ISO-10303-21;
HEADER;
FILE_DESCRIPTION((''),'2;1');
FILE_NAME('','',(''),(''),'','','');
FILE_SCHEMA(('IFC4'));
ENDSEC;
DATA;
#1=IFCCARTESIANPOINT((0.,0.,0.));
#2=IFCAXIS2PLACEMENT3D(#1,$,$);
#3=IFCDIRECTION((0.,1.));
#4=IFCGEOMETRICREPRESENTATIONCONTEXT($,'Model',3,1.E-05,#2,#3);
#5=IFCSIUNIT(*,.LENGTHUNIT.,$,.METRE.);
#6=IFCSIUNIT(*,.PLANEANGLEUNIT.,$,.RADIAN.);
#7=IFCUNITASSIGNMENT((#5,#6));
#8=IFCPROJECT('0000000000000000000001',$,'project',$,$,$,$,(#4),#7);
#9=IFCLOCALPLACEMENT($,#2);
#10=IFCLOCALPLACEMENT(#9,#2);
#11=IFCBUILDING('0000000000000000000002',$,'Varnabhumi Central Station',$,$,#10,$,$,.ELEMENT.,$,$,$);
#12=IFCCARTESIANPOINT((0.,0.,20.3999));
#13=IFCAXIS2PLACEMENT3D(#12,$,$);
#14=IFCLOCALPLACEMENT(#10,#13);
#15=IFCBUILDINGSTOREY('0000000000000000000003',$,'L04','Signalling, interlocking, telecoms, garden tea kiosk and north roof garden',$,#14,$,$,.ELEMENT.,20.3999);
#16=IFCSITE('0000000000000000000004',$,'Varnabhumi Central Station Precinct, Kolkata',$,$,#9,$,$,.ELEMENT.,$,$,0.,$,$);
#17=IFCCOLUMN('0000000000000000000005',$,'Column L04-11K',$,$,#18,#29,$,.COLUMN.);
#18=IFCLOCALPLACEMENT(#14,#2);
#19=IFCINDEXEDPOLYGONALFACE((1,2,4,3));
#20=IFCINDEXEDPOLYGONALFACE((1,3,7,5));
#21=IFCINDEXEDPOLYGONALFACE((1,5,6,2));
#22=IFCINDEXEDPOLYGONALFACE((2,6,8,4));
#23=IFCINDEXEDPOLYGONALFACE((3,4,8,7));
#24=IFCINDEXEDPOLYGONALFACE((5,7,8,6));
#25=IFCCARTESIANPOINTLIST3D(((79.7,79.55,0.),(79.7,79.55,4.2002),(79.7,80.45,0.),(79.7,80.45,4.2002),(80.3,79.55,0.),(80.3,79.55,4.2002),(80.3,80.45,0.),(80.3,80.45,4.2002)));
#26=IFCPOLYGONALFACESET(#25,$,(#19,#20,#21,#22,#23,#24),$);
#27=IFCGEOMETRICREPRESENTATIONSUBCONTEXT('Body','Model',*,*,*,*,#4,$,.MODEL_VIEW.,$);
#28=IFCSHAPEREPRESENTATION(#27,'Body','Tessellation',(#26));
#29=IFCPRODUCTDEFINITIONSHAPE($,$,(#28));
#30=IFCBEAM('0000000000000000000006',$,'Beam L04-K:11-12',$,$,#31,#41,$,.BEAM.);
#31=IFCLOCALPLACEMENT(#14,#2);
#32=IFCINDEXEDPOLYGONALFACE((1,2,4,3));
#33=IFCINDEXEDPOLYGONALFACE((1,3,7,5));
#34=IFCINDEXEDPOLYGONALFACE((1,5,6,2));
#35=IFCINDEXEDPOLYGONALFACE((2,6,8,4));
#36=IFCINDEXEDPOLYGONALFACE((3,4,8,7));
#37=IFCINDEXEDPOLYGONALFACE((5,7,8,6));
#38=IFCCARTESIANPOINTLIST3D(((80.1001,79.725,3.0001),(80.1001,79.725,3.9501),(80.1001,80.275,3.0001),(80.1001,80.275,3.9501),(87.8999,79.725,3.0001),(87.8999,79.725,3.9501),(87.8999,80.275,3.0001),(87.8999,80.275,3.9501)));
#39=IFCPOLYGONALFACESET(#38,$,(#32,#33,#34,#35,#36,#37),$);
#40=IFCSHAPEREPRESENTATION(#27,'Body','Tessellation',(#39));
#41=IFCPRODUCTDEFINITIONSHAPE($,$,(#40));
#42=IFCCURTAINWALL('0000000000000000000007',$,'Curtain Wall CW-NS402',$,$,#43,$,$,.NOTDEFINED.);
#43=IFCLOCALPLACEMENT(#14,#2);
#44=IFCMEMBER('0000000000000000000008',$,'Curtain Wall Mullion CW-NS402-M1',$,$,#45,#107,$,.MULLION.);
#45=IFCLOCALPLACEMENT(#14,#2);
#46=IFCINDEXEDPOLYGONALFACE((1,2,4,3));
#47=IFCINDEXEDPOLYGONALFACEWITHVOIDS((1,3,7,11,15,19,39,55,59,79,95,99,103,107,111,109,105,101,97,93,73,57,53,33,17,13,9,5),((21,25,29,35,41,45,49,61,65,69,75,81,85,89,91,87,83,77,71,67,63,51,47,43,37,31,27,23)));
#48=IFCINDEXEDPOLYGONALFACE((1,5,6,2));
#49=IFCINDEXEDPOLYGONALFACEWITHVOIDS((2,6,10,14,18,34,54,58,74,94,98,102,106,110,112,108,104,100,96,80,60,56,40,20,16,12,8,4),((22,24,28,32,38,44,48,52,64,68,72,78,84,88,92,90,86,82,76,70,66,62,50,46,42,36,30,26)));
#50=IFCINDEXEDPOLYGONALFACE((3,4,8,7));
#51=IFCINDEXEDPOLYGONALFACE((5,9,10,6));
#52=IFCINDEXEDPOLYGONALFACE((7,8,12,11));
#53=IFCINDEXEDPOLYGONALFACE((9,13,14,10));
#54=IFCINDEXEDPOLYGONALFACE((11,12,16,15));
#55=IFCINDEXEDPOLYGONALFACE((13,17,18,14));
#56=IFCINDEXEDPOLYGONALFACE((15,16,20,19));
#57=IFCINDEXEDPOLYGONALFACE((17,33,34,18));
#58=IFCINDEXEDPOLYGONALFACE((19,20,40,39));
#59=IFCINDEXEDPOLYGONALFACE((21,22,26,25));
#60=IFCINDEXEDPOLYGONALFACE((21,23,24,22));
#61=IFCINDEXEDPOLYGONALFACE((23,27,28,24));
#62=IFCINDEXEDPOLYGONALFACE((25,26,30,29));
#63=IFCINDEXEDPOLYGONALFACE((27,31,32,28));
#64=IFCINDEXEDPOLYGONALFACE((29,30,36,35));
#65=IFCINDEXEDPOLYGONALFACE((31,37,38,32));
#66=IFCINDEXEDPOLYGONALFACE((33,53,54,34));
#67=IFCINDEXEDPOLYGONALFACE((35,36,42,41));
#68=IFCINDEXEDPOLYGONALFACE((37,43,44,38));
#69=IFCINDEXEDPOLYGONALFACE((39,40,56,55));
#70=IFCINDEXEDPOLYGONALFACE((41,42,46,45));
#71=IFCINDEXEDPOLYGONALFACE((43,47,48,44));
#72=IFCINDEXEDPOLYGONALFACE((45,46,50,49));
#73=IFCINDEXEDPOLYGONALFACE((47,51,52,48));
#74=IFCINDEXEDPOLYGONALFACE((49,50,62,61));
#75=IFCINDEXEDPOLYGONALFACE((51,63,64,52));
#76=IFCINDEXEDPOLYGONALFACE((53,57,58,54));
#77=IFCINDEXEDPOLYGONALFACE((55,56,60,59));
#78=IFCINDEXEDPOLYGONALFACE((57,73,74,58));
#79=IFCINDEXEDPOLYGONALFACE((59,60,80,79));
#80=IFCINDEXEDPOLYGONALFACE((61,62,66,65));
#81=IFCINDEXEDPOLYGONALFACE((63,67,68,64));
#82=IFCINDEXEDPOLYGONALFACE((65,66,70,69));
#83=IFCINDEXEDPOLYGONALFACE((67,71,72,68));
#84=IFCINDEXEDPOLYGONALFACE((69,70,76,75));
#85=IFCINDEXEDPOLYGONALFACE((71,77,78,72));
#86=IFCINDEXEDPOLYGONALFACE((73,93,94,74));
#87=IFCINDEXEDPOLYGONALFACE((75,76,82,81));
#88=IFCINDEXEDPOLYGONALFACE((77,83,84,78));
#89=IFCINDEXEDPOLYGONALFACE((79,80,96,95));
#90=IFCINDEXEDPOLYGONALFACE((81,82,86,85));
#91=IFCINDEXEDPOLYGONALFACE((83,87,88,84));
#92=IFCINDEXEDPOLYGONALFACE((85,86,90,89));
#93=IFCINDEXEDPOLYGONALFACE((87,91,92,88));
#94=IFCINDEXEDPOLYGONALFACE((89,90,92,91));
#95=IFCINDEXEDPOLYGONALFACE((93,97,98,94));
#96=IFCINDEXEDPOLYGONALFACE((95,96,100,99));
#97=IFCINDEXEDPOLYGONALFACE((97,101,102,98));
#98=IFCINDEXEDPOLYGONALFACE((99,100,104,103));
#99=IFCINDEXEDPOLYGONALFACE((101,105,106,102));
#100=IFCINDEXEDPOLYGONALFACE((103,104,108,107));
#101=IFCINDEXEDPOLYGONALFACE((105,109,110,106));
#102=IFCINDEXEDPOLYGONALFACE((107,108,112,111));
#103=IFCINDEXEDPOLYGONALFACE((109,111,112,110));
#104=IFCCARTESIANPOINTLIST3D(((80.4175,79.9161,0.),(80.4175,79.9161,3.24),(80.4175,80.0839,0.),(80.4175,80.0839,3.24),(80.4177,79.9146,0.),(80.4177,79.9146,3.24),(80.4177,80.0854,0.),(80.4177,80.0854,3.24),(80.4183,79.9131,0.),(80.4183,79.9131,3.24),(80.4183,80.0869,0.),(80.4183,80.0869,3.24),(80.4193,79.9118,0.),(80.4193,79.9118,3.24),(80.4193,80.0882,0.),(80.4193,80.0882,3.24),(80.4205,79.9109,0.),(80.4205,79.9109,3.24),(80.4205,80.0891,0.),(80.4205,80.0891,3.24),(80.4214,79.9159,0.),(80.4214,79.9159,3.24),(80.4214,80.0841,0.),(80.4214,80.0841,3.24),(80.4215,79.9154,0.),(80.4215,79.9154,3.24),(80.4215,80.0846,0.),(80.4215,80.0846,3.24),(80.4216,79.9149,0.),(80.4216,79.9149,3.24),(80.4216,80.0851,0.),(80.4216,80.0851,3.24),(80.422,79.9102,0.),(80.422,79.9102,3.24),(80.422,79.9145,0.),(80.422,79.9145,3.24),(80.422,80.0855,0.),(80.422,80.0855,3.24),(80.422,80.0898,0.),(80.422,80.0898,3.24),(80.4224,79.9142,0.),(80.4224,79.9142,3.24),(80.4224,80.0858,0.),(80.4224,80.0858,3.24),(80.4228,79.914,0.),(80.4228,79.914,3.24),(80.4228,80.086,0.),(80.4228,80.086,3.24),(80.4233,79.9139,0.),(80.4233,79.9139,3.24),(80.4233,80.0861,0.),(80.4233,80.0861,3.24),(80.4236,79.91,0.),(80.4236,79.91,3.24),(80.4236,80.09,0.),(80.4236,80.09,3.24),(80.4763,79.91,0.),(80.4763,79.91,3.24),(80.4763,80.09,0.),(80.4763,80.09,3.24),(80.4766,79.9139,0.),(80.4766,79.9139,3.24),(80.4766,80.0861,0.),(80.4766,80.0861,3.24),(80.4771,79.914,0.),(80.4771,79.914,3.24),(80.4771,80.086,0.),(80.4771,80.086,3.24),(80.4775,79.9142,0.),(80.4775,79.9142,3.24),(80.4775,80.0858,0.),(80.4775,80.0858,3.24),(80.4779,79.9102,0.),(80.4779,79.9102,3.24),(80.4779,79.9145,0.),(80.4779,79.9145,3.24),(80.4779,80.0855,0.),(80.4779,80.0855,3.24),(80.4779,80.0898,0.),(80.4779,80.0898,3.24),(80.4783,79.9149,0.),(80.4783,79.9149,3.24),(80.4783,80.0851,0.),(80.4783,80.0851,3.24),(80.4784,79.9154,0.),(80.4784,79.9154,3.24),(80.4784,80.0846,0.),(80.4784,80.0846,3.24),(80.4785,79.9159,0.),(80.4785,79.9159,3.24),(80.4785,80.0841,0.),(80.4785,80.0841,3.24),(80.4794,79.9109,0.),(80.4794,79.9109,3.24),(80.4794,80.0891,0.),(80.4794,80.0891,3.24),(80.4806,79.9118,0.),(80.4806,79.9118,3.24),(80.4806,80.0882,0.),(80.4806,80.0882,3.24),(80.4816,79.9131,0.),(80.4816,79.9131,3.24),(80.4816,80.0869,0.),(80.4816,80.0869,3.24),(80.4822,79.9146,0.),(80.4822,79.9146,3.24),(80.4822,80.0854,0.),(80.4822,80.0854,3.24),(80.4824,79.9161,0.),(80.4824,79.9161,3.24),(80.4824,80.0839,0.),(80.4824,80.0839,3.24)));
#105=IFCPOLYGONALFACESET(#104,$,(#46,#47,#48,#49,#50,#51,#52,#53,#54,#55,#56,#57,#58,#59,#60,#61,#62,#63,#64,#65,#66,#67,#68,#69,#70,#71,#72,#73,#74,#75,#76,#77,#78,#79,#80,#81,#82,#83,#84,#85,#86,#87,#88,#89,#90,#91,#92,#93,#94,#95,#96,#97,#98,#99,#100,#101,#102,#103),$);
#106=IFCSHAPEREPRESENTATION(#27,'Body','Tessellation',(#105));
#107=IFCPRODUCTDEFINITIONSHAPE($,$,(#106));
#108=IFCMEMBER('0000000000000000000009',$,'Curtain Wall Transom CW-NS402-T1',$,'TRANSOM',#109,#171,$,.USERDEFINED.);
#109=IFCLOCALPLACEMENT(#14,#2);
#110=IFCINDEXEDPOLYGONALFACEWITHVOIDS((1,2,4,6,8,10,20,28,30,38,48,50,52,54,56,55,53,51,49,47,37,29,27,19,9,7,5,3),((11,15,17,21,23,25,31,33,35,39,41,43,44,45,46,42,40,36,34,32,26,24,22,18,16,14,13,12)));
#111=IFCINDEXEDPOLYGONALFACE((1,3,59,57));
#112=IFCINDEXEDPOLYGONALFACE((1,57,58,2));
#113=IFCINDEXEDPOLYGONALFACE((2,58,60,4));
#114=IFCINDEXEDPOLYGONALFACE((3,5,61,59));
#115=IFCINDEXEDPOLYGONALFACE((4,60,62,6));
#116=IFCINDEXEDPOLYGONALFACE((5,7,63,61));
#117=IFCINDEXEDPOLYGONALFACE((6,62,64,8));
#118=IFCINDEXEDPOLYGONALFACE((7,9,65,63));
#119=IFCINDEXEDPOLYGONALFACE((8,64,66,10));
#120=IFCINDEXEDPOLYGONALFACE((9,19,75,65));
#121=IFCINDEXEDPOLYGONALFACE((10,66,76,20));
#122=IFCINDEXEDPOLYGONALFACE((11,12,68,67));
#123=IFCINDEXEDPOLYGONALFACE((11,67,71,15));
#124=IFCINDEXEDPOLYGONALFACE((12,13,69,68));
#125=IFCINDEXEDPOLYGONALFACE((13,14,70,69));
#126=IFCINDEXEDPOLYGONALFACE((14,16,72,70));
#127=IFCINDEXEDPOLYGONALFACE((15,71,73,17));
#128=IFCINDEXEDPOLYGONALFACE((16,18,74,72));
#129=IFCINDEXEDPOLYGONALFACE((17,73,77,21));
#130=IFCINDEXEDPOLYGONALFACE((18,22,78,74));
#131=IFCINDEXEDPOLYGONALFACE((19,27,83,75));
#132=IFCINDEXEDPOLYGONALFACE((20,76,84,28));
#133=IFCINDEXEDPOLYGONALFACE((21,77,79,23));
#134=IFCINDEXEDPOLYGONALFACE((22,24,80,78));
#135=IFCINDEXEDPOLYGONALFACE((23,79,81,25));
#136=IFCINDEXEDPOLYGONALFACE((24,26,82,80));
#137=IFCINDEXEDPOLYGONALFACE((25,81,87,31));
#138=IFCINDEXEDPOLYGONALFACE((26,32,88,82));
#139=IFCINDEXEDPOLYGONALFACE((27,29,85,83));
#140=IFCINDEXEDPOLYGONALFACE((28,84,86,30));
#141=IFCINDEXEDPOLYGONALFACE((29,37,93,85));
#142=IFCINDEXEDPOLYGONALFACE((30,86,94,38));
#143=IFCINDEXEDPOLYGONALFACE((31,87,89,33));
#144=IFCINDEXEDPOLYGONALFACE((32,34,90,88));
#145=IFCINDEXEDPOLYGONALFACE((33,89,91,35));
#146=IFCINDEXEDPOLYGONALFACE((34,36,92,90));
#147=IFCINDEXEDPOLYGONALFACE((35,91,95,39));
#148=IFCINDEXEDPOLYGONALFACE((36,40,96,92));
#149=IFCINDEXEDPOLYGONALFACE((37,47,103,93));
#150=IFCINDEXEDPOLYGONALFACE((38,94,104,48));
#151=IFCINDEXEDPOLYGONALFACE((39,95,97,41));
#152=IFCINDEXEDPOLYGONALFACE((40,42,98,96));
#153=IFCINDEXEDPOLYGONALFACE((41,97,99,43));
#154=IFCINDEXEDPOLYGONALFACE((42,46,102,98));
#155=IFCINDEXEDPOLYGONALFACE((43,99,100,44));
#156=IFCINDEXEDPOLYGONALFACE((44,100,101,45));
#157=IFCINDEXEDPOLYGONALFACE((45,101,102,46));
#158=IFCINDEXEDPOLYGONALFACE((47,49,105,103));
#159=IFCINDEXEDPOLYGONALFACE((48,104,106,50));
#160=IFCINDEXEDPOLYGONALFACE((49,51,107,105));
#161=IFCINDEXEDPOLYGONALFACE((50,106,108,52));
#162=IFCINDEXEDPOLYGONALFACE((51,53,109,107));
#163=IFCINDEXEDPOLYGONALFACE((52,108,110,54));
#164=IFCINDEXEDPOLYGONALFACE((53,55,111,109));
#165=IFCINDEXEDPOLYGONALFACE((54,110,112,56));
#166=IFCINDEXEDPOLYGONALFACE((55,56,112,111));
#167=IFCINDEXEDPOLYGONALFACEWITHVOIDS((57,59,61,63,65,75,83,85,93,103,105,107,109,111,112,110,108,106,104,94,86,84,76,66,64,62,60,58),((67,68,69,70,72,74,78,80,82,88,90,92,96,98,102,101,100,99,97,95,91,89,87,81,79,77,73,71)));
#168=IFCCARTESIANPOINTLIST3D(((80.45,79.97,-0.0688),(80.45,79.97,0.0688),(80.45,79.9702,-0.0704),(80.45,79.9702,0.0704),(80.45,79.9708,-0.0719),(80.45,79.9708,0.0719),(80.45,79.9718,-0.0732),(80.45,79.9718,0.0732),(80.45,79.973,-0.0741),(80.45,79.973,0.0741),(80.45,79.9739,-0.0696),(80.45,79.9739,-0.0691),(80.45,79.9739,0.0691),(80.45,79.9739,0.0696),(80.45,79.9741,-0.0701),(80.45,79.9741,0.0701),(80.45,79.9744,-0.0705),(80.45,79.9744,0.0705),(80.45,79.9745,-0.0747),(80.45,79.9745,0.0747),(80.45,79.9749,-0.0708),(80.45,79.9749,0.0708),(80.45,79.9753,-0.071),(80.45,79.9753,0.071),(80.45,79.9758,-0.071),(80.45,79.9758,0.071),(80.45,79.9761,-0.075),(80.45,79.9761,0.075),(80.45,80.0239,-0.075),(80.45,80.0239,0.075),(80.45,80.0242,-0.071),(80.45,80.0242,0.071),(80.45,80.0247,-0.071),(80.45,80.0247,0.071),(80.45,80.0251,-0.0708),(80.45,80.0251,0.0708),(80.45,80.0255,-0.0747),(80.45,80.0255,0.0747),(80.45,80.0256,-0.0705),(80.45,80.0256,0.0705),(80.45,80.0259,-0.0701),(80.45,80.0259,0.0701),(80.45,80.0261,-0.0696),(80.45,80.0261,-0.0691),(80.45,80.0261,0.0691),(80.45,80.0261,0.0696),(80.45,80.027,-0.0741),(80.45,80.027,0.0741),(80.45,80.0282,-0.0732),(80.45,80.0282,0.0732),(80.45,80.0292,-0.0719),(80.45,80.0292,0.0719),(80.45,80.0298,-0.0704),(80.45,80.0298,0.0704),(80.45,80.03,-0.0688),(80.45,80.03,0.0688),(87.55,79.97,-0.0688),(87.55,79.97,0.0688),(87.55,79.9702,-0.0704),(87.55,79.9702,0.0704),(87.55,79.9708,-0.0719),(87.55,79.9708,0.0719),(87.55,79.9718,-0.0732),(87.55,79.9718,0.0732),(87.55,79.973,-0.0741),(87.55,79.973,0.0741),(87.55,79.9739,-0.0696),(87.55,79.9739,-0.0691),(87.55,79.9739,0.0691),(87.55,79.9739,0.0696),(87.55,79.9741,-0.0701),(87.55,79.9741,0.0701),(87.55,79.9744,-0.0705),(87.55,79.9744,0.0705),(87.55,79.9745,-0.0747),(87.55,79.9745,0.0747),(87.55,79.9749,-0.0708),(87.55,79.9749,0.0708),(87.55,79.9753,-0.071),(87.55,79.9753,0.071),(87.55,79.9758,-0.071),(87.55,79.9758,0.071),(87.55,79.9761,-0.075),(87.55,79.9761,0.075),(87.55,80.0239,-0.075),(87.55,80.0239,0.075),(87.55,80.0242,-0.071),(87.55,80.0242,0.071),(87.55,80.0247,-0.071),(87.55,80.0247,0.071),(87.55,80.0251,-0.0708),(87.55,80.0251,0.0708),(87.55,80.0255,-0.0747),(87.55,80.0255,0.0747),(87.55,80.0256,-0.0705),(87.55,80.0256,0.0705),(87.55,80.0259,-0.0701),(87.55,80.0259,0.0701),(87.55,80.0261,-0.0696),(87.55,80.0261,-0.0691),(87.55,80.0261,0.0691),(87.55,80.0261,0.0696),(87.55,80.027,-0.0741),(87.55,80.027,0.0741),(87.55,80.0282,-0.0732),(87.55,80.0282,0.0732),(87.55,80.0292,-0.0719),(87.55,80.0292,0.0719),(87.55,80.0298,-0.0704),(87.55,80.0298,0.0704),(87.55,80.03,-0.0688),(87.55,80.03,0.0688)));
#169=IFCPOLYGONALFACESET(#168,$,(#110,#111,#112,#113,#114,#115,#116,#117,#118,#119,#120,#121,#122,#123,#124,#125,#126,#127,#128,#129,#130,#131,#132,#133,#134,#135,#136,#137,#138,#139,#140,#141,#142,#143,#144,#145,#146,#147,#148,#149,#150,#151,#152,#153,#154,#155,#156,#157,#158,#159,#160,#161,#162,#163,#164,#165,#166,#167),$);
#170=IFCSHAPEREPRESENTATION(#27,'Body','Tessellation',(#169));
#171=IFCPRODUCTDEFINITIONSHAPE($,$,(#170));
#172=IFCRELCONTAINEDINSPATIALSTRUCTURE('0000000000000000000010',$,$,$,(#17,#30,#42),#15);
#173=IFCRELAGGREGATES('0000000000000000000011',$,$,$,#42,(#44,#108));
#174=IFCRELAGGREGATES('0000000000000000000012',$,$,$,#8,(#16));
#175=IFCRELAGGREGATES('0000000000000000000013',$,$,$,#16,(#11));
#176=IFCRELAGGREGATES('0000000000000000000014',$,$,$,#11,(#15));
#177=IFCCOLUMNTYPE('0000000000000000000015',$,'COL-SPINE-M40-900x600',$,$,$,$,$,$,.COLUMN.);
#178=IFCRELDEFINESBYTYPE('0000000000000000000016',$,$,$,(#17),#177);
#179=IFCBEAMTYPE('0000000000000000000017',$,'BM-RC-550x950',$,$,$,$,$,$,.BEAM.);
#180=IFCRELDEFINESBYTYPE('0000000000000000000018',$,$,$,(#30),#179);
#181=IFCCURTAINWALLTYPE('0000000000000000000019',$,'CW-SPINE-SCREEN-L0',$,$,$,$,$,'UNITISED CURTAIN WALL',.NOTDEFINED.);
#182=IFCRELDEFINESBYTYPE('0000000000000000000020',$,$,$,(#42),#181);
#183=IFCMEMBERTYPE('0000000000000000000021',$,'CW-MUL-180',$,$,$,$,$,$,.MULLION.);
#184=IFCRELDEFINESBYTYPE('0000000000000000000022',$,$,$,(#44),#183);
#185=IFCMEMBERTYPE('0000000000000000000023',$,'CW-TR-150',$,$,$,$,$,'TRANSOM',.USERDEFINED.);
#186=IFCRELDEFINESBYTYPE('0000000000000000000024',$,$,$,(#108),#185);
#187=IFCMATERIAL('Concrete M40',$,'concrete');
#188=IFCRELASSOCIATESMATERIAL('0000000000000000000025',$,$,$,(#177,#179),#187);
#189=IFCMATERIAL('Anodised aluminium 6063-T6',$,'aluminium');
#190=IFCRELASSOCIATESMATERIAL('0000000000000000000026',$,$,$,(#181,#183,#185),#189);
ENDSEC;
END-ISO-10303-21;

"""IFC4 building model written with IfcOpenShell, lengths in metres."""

from ifc_helpers import new_model, si_unit, direction, frame, origin, origin_2d, place, context, subcontext, project, spatial, rectangle, hollow_rectangle, extrude, material, material_profile, profile_set, type_object, element, aggregate, save


model = new_model("IFC4")

# Units and contexts
model_context = context("Model", 3, precision=1e-05, world=origin(), true_north=direction((0.0, 1.0)))
body_context = subcontext(model_context, "Body", "Model", "MODEL_VIEW")
ifc_project = project(units=[si_unit("LENGTHUNIT", "METRE"), si_unit("PLANEANGLEUNIT", "RADIAN")], contexts=[model_context])

# Site, building, storey
site_placement = place(None, origin())
site = spatial("IfcSite", under=ifc_project, at=site_placement, Name="Varnabhumi Central Station Precinct, Kolkata", CompositionType="ELEMENT", RefElevation=0.0)
building_placement = place(site_placement, origin())
building = spatial("IfcBuilding", under=site, at=building_placement, Name="Varnabhumi Central Station", CompositionType="ELEMENT")
storey_placement = place(building_placement, frame((0.0, 0.0, 20.3999)))
storey = spatial("IfcBuildingStorey", under=building, at=storey_placement, Name="L04", Description="Signalling, interlocking, telecoms, garden tea kiosk and north roof garden", CompositionType="ELEMENT", Elevation=20.3999)

# Column
ifc_material_1 = material(Name="Concrete M40", Category="concrete")
ifc_material_profile_1 = material_profile(ifc_material_1, rectangle(XDim=0.6001, YDim=0.8999, at=origin_2d()), Name="Concrete M40", Category="concrete")
ifc_profile_set_1 = profile_set([ifc_material_profile_1], Name="Concrete M40")
column_type = type_object("IfcColumnType", Name="COL-SPINE-M40-900x600", PredefinedType="COLUMN", material=ifc_profile_set_1)
column_placement = place(storey_placement, frame((80.0, 80.0, 0.0), z_axis=(0.0, 0.0, 1.0), x_axis=(1.0, 0.0, 0.0)))
element("IfcColumn", 1, at=column_placement, inside=storey, type_object=column_type, Name="Column L04-11K", PredefinedType="COLUMN", context=body_context, shape_type="SweptSolid", body=[
    extrude(rectangle(XDim=0.6001, YDim=0.8999, at=origin_2d()), origin(), (0.0, 0.0, 1.0), 4.2002),
])

# Beam
ifc_material_profile_2 = material_profile(ifc_material_1, rectangle(XDim=0.55, YDim=0.95, at=origin_2d()), Name="Concrete M40", Category="concrete")
ifc_profile_set_2 = profile_set([ifc_material_profile_2], Name="Concrete M40")
beam_type = type_object("IfcBeamType", Name="BM-RC-550x950", PredefinedType="BEAM", material=ifc_profile_set_2)
beam_placement = place(storey_placement, frame((80.1001, 80.0, 3.4751), z_axis=(1.0, 0.0, 0.0), x_axis=(0.0, 1.0, 0.0)))
element("IfcBeam", 2, at=beam_placement, inside=storey, type_object=beam_type, Name="Beam L04-K:11-12", PredefinedType="BEAM", context=body_context, shape_type="SweptSolid", body=[
    extrude(rectangle(XDim=0.55, YDim=0.95, at=origin_2d()), origin(), (0.0, 0.0, 1.0), 7.7998),
])

# Curtain wall, members
ifc_material_2 = material(Name="Anodised aluminium 6063-T6", Category="aluminium")
curtain_wall_type = type_object("IfcCurtainWallType", Name="CW-SPINE-SCREEN-L0", ElementType="UNITISED CURTAIN WALL", PredefinedType="NOTDEFINED", material=ifc_material_2)
curtain_wall_placement = place(storey_placement, origin())
curtain_wall = element("IfcCurtainWall", 3, at=curtain_wall_placement, inside=storey, type_object=curtain_wall_type, Name="Curtain Wall CW-NS402", PredefinedType="NOTDEFINED")
ifc_material_profile_3 = material_profile(ifc_material_2, hollow_rectangle(XDim=0.0649, YDim=0.1799, WallThickness=0.0039, InnerFilletRadius=0.002, OuterFilletRadius=0.0061, at=origin_2d()), Name="Anodised aluminium 6063-T6", Category="aluminium")
ifc_profile_set_3 = profile_set([ifc_material_profile_3], Name="Anodised aluminium 6063-T6")
member_type_1 = type_object("IfcMemberType", Name="CW-MUL-180", PredefinedType="MULLION", material=ifc_profile_set_3)
member_1_placement = place(storey_placement, frame((80.45, 80.0, 0.0), z_axis=(0.0, 0.0, 1.0), x_axis=(1.0, 0.0, 0.0)))
member_1 = element("IfcMember", 4, at=member_1_placement, type_object=member_type_1, Name="Curtain Wall Mullion CW-NS402-M1", PredefinedType="MULLION", context=body_context, shape_type="SweptSolid", body=[
    extrude(hollow_rectangle(XDim=0.0649, YDim=0.1799, WallThickness=0.0039, InnerFilletRadius=0.002, OuterFilletRadius=0.0061, at=origin_2d()), origin(), (0.0, 0.0, 1.0), 3.24),
])
ifc_material_profile_4 = material_profile(ifc_material_2, hollow_rectangle(XDim=0.0601, YDim=0.1499, WallThickness=0.0039, InnerFilletRadius=0.002, OuterFilletRadius=0.0061, at=origin_2d()), Name="Anodised aluminium 6063-T6", Category="aluminium")
ifc_profile_set_4 = profile_set([ifc_material_profile_4], Name="Anodised aluminium 6063-T6")
member_type_2 = type_object("IfcMemberType", Name="CW-TR-150", ElementType="TRANSOM", PredefinedType="USERDEFINED", material=ifc_profile_set_4)
member_2_placement = place(storey_placement, frame((80.45, 80.0, 0.0), z_axis=(1.0, 0.0, 0.0), x_axis=(0.0, 1.0, 0.0)))
member_2 = element("IfcMember", 5, at=member_2_placement, type_object=member_type_2, Name="Curtain Wall Transom CW-NS402-T1", ObjectType="TRANSOM", PredefinedType="USERDEFINED", context=body_context, shape_type="SweptSolid", body=[
    extrude(hollow_rectangle(XDim=0.0601, YDim=0.1499, WallThickness=0.0039, InnerFilletRadius=0.002, OuterFilletRadius=0.0061, at=origin_2d()), origin(), (0.0, 0.0, 1.0), 7.1001),
])

aggregate(curtain_wall, [member_1, member_2])

save(model, "model.ifc")
